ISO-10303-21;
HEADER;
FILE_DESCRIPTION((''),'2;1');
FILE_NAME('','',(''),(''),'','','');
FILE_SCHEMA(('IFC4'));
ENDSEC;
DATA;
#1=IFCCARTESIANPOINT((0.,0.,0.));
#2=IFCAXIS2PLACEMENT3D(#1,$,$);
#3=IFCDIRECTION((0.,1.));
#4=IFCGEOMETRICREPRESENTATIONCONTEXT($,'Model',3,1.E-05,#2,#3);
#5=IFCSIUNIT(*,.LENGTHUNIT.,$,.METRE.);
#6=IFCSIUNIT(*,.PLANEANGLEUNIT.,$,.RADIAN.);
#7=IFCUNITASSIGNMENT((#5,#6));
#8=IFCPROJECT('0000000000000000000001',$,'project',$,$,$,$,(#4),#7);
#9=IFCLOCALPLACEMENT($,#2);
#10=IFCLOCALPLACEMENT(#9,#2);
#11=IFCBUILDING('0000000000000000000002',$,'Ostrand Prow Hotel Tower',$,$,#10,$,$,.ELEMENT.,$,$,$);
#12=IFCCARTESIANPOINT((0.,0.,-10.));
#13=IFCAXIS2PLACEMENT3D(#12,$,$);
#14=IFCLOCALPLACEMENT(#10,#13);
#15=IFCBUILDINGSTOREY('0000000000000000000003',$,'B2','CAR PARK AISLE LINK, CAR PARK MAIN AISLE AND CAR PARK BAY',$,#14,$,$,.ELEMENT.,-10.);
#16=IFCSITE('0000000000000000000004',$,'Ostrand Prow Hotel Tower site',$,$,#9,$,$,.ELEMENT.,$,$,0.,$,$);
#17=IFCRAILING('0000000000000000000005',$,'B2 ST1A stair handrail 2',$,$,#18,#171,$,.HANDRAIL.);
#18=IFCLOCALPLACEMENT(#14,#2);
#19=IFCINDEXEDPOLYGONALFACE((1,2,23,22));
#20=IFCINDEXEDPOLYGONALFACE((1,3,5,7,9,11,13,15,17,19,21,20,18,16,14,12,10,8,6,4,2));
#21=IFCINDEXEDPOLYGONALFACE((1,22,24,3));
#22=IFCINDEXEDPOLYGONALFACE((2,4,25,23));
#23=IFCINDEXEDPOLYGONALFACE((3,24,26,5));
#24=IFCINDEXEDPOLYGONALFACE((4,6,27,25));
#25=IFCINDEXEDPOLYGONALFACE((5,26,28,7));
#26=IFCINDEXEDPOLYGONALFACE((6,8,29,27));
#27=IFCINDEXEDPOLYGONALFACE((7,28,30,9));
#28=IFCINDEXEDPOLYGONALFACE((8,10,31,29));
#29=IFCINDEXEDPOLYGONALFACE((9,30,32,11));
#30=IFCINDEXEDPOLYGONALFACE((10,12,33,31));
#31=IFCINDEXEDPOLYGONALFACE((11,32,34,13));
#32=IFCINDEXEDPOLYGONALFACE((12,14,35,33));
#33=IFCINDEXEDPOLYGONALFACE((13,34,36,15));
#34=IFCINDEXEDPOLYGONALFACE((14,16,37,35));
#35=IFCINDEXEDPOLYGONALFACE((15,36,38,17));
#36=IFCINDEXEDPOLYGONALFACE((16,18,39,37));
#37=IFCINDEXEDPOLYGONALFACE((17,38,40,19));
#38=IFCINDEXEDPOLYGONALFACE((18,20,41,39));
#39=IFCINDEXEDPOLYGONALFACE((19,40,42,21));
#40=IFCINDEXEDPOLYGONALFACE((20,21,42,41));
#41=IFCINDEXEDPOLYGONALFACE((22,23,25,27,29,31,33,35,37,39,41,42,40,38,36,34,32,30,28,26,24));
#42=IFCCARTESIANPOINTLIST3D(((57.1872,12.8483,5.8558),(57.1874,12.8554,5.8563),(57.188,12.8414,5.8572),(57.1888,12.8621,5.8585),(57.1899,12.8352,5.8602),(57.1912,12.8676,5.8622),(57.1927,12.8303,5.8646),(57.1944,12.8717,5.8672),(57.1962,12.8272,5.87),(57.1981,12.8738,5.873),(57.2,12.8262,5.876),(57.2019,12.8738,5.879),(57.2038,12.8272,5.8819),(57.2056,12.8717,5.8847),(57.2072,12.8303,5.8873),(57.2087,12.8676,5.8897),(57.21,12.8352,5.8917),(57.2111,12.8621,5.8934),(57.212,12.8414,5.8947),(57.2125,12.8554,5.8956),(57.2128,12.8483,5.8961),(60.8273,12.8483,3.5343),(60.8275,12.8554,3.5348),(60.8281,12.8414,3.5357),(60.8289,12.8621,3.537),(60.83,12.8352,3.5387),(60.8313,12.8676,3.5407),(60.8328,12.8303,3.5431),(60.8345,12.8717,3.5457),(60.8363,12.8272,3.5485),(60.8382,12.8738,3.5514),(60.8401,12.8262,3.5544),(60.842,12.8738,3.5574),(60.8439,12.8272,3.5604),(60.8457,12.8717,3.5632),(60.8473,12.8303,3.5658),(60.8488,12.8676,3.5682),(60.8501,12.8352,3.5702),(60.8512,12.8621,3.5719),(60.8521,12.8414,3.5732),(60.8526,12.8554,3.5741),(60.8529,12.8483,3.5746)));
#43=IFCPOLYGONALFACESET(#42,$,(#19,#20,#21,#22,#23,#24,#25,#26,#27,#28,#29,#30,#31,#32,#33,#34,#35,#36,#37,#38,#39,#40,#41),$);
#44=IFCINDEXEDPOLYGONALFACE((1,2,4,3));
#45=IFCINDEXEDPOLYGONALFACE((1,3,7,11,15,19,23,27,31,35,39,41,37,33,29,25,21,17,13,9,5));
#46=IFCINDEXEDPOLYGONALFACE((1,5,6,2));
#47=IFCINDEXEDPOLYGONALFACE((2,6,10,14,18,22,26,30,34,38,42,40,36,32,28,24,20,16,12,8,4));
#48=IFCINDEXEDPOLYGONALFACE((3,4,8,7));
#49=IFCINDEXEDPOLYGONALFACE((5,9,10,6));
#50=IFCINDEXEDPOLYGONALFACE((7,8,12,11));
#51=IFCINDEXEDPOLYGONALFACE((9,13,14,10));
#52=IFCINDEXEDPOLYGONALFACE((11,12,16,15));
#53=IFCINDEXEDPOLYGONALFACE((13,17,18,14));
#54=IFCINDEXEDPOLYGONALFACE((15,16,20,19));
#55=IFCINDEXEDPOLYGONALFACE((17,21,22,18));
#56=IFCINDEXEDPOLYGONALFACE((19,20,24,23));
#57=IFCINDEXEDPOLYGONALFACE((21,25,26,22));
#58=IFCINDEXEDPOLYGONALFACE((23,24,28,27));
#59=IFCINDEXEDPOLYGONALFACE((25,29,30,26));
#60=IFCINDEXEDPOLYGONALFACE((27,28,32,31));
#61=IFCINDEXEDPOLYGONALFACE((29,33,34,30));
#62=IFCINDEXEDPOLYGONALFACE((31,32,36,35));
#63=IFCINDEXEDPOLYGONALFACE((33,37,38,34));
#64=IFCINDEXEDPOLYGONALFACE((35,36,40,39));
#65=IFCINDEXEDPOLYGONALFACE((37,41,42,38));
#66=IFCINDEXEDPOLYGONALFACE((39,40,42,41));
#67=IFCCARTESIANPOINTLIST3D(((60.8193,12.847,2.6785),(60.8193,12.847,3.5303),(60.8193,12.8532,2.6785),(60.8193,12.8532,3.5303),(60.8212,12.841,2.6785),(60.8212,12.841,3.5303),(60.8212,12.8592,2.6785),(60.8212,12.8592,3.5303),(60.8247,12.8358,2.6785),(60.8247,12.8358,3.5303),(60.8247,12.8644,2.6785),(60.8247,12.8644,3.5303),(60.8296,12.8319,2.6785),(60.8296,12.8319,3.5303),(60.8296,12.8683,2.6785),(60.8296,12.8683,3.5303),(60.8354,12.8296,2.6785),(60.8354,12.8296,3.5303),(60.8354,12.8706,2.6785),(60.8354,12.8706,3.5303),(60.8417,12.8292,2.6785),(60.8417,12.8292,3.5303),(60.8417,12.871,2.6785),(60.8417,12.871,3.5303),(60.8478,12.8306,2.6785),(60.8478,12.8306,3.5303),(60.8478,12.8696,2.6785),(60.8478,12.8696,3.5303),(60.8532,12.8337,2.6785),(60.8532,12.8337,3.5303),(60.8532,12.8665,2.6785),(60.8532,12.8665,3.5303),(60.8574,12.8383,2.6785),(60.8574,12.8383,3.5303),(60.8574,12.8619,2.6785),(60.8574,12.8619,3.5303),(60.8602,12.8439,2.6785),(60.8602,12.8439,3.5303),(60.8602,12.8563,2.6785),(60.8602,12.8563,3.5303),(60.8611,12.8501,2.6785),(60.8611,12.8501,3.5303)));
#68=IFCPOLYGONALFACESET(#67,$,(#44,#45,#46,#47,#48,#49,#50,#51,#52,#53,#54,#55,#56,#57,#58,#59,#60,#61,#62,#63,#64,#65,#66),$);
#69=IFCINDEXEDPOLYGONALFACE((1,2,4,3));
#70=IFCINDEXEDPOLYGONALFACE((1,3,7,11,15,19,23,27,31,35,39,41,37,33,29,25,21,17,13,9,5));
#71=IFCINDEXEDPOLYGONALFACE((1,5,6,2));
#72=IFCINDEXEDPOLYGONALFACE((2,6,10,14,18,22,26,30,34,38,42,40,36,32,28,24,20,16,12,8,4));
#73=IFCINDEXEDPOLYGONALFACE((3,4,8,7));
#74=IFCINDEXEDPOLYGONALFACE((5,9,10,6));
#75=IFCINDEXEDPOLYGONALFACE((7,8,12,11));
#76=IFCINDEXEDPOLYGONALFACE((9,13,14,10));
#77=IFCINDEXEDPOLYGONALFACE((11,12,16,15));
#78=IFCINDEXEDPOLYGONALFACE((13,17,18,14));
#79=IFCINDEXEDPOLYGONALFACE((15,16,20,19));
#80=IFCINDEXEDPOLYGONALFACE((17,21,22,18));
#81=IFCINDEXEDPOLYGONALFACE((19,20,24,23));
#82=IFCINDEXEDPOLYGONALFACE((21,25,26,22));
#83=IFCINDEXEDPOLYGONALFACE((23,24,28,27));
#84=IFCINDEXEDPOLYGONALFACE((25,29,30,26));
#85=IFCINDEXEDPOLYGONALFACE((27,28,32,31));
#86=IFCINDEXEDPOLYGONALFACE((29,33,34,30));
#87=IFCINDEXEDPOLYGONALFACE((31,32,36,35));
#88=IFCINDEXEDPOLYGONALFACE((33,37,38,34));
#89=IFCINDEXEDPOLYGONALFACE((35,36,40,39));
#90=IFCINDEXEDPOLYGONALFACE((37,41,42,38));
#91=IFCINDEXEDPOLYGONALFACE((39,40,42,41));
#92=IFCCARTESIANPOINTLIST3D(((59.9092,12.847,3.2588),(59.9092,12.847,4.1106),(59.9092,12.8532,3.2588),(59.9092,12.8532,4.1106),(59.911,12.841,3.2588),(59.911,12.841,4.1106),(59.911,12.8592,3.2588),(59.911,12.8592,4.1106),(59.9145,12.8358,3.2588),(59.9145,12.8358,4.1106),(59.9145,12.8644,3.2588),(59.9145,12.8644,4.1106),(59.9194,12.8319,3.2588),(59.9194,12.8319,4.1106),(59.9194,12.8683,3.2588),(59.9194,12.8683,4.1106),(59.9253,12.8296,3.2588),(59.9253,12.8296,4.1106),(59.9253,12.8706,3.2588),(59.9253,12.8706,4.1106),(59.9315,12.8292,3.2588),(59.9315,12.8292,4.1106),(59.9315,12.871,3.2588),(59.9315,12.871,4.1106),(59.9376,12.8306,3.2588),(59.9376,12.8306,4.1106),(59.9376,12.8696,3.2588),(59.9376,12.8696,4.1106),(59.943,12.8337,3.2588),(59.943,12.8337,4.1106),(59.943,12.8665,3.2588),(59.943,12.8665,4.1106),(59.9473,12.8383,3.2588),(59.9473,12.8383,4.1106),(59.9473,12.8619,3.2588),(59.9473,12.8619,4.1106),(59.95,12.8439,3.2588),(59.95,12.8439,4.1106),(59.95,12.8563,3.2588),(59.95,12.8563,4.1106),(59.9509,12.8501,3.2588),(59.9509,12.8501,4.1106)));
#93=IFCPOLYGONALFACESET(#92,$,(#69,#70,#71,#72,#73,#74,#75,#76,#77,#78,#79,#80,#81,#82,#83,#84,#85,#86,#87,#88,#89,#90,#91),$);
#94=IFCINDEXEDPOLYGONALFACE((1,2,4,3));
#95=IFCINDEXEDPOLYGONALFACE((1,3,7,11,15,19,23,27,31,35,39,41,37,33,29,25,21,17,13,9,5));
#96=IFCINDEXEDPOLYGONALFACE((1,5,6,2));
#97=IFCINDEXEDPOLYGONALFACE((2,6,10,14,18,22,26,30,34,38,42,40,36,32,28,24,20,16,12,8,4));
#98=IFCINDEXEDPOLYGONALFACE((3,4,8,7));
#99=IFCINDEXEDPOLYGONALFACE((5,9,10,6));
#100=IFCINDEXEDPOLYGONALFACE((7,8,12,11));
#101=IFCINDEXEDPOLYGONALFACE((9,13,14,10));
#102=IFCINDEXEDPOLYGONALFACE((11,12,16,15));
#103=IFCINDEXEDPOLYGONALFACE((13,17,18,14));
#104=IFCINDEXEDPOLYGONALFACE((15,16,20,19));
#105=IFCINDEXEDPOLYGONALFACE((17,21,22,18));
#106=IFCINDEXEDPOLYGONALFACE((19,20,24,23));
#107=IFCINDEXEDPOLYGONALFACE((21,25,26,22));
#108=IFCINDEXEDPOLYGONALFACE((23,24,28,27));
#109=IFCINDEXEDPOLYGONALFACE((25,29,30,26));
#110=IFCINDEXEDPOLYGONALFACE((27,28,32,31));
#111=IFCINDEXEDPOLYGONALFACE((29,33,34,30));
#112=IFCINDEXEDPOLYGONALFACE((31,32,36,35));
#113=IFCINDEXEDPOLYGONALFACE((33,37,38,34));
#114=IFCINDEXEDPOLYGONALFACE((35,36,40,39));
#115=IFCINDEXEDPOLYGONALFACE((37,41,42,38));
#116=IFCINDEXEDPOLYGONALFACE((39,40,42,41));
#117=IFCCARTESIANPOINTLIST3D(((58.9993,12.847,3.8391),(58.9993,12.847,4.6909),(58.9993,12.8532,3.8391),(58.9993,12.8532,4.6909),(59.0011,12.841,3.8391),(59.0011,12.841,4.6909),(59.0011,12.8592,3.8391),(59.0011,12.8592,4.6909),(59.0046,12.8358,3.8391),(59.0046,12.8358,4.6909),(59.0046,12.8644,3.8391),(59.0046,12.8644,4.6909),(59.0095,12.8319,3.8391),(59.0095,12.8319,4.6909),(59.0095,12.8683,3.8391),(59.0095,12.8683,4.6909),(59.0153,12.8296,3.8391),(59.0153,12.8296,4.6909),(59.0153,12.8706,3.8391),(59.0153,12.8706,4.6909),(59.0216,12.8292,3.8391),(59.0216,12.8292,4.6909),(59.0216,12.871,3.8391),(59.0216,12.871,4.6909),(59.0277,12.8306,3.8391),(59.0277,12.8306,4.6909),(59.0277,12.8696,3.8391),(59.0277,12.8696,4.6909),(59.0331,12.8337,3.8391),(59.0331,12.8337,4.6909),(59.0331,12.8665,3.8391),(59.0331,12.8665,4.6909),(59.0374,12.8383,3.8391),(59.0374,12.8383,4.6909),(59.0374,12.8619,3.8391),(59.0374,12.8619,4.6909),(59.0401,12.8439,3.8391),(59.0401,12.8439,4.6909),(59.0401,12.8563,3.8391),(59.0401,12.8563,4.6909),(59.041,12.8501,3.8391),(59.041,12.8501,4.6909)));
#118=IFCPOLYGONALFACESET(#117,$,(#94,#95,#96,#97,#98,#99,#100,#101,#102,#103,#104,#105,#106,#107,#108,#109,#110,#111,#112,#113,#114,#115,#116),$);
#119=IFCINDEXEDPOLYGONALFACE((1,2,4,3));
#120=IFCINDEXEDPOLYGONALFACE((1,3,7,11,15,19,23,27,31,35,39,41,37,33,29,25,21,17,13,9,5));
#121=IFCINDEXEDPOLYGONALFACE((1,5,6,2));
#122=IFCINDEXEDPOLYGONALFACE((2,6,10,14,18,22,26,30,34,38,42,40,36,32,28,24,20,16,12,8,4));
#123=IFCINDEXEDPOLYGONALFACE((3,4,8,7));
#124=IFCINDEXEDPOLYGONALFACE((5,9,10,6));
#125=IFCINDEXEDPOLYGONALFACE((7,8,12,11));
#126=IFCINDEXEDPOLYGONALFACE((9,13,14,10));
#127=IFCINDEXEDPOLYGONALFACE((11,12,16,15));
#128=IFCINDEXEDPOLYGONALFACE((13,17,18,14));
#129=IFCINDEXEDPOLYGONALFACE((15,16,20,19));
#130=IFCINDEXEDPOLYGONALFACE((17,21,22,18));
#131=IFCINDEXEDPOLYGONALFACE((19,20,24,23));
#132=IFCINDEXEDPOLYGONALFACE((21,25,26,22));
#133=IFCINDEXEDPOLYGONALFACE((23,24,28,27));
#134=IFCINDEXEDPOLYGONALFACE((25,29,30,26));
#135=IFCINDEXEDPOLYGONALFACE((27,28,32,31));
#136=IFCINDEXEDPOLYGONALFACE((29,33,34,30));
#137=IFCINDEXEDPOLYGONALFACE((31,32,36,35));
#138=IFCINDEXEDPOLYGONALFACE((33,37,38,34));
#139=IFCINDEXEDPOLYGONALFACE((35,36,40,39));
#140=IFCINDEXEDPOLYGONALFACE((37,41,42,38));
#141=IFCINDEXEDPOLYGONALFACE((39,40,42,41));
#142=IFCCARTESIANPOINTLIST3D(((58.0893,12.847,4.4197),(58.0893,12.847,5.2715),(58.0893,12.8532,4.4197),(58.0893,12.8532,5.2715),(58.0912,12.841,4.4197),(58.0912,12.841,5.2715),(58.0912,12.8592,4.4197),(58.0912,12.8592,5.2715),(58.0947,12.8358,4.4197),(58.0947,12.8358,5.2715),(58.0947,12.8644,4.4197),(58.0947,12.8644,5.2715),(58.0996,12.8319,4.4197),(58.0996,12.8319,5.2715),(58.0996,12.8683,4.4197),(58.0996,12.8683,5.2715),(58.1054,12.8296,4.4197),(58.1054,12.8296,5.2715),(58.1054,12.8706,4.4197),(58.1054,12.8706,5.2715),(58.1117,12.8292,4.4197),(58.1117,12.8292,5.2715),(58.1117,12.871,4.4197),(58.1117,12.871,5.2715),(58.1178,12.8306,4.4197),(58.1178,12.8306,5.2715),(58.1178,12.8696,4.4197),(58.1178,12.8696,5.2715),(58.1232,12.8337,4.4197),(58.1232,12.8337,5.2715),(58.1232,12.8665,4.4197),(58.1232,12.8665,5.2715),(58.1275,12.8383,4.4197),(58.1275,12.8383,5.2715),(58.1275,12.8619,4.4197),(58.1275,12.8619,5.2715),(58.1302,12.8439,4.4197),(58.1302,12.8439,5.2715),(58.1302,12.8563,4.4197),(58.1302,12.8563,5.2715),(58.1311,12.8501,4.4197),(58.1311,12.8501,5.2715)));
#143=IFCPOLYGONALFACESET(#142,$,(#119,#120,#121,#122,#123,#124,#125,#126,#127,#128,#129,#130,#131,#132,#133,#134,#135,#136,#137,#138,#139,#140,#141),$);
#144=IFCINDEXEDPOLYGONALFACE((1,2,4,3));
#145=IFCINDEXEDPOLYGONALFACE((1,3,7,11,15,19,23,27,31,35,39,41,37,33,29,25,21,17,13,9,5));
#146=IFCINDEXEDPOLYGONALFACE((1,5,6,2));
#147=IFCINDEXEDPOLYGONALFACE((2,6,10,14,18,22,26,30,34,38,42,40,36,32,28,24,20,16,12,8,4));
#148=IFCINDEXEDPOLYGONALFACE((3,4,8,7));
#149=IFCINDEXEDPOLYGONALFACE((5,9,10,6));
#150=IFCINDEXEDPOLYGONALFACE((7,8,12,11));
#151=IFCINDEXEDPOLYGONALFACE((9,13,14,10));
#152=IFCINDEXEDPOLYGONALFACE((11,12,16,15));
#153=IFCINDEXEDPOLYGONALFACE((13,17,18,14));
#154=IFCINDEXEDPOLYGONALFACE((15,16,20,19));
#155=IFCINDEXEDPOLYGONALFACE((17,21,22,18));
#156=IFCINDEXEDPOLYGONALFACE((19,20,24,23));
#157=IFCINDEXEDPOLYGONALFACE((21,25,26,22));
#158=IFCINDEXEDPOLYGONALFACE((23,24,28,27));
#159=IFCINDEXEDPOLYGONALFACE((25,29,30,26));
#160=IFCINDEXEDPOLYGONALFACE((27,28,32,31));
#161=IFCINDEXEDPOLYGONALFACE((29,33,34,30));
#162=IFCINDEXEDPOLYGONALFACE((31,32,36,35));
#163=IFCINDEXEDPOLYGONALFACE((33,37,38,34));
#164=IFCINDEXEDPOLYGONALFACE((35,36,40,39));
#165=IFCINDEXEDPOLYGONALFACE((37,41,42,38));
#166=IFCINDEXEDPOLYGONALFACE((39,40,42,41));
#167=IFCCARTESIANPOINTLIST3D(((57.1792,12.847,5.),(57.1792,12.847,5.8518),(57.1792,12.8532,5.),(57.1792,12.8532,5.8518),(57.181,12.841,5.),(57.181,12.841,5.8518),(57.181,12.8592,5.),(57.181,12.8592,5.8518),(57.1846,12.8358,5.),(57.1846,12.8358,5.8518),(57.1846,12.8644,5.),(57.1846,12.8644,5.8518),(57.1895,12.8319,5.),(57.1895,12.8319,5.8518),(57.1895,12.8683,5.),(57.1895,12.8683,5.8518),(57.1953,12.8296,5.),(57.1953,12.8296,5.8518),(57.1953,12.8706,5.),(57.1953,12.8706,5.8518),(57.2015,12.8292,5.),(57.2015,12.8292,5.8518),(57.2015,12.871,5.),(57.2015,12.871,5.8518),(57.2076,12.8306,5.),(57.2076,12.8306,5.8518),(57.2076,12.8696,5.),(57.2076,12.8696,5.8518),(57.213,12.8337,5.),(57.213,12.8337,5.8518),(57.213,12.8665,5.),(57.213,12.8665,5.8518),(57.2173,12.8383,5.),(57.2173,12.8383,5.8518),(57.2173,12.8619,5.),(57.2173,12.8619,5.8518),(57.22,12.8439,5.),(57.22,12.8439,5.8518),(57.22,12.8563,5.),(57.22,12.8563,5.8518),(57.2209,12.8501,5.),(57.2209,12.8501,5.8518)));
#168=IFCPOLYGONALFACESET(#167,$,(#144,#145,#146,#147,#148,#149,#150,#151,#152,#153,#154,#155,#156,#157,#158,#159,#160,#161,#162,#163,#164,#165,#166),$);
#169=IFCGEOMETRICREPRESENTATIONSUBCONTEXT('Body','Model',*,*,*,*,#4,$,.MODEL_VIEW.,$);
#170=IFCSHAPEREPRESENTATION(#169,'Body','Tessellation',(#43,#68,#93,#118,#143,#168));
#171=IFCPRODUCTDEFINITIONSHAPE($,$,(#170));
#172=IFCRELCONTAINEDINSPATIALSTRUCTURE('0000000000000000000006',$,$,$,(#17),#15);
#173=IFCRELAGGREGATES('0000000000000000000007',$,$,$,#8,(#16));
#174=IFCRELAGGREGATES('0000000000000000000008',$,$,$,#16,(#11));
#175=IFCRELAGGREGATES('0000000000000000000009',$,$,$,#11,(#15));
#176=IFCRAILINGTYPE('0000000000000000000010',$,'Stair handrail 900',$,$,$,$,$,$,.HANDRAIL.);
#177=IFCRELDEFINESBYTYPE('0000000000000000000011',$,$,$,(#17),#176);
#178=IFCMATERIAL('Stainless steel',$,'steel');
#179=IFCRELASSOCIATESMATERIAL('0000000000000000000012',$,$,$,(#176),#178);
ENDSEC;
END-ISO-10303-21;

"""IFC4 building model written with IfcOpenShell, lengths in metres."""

from ifc_helpers import new_model, si_unit, direction, frame, origin, origin_2d, place, context, subcontext, project, spatial, circle, extrude, material, type_object, element, save


model = new_model("IFC4")

# Units and contexts
model_context = context("Model", 3, precision=1e-05, world=origin(), true_north=direction((0.0, 1.0)))
body_context = subcontext(model_context, "Body", "Model", "MODEL_VIEW")
ifc_project = project(units=[si_unit("LENGTHUNIT", "METRE"), si_unit("PLANEANGLEUNIT", "RADIAN")], contexts=[model_context])

# Site, building, storey
site_placement = place(None, origin())
site = spatial("IfcSite", under=ifc_project, at=site_placement, Name="Ostrand Prow Hotel Tower site", CompositionType="ELEMENT", RefElevation=0.0)
building_placement = place(site_placement, origin())
building = spatial("IfcBuilding", under=site, at=building_placement, Name="Ostrand Prow Hotel Tower", CompositionType="ELEMENT")
storey_placement = place(building_placement, frame((0.0, 0.0, -10.0)))
storey = spatial("IfcBuildingStorey", under=building, at=storey_placement, Name="B2", Description="CAR PARK AISLE LINK, CAR PARK MAIN AISLE AND CAR PARK BAY", CompositionType="ELEMENT", Elevation=-10.0)

# Railing
ifc_material_1 = material(Name="Stainless steel", Category="steel")
railing_type_1 = type_object("IfcRailingType", Name="Stair handrail 900", PredefinedType="HANDRAIL", material=ifc_material_1)
for number, where, name in (
    (1, (60.8401, 12.8501, 2.6785), "B2 ST1A stair handrail 2"),
):
    element("IfcRailing", number, at=place(storey_placement, frame(where)), inside=storey, type_object=railing_type_1, Name=name, PredefinedType="HANDRAIL", context=body_context, shape_type="SweptSolid", body=[
        extrude(circle(Radius=0.0239, at=origin_2d()), frame((0.0, 0.0, 0.876), z_axis=(-0.843128, 0.0, 0.537713), x_axis=(0.0, -1.0, 0.0)), (0.0, 0.0, 1.0), 4.3174),
        extrude(circle(Radius=0.021, at=origin_2d()), origin(), (0.0, 0.0, 1.0), 0.8518),
        extrude(circle(Radius=0.021, at=origin_2d()), frame((-0.9102, 0.0, 0.5803)), (0.0, 0.0, 1.0), 0.8518),
        extrude(circle(Radius=0.021, at=origin_2d()), frame((-1.8201, 0.0, 1.1606)), (0.0, 0.0, 1.0), 0.8518),
        extrude(circle(Radius=0.021, at=origin_2d()), frame((-2.73, 0.0, 1.7412)), (0.0, 0.0, 1.0), 0.8518),
        extrude(circle(Radius=0.021, at=origin_2d()), frame((-3.6401, 0.0, 2.3215)), (0.0, 0.0, 1.0), 0.8518),
    ])

save(model, "model.ifc")
